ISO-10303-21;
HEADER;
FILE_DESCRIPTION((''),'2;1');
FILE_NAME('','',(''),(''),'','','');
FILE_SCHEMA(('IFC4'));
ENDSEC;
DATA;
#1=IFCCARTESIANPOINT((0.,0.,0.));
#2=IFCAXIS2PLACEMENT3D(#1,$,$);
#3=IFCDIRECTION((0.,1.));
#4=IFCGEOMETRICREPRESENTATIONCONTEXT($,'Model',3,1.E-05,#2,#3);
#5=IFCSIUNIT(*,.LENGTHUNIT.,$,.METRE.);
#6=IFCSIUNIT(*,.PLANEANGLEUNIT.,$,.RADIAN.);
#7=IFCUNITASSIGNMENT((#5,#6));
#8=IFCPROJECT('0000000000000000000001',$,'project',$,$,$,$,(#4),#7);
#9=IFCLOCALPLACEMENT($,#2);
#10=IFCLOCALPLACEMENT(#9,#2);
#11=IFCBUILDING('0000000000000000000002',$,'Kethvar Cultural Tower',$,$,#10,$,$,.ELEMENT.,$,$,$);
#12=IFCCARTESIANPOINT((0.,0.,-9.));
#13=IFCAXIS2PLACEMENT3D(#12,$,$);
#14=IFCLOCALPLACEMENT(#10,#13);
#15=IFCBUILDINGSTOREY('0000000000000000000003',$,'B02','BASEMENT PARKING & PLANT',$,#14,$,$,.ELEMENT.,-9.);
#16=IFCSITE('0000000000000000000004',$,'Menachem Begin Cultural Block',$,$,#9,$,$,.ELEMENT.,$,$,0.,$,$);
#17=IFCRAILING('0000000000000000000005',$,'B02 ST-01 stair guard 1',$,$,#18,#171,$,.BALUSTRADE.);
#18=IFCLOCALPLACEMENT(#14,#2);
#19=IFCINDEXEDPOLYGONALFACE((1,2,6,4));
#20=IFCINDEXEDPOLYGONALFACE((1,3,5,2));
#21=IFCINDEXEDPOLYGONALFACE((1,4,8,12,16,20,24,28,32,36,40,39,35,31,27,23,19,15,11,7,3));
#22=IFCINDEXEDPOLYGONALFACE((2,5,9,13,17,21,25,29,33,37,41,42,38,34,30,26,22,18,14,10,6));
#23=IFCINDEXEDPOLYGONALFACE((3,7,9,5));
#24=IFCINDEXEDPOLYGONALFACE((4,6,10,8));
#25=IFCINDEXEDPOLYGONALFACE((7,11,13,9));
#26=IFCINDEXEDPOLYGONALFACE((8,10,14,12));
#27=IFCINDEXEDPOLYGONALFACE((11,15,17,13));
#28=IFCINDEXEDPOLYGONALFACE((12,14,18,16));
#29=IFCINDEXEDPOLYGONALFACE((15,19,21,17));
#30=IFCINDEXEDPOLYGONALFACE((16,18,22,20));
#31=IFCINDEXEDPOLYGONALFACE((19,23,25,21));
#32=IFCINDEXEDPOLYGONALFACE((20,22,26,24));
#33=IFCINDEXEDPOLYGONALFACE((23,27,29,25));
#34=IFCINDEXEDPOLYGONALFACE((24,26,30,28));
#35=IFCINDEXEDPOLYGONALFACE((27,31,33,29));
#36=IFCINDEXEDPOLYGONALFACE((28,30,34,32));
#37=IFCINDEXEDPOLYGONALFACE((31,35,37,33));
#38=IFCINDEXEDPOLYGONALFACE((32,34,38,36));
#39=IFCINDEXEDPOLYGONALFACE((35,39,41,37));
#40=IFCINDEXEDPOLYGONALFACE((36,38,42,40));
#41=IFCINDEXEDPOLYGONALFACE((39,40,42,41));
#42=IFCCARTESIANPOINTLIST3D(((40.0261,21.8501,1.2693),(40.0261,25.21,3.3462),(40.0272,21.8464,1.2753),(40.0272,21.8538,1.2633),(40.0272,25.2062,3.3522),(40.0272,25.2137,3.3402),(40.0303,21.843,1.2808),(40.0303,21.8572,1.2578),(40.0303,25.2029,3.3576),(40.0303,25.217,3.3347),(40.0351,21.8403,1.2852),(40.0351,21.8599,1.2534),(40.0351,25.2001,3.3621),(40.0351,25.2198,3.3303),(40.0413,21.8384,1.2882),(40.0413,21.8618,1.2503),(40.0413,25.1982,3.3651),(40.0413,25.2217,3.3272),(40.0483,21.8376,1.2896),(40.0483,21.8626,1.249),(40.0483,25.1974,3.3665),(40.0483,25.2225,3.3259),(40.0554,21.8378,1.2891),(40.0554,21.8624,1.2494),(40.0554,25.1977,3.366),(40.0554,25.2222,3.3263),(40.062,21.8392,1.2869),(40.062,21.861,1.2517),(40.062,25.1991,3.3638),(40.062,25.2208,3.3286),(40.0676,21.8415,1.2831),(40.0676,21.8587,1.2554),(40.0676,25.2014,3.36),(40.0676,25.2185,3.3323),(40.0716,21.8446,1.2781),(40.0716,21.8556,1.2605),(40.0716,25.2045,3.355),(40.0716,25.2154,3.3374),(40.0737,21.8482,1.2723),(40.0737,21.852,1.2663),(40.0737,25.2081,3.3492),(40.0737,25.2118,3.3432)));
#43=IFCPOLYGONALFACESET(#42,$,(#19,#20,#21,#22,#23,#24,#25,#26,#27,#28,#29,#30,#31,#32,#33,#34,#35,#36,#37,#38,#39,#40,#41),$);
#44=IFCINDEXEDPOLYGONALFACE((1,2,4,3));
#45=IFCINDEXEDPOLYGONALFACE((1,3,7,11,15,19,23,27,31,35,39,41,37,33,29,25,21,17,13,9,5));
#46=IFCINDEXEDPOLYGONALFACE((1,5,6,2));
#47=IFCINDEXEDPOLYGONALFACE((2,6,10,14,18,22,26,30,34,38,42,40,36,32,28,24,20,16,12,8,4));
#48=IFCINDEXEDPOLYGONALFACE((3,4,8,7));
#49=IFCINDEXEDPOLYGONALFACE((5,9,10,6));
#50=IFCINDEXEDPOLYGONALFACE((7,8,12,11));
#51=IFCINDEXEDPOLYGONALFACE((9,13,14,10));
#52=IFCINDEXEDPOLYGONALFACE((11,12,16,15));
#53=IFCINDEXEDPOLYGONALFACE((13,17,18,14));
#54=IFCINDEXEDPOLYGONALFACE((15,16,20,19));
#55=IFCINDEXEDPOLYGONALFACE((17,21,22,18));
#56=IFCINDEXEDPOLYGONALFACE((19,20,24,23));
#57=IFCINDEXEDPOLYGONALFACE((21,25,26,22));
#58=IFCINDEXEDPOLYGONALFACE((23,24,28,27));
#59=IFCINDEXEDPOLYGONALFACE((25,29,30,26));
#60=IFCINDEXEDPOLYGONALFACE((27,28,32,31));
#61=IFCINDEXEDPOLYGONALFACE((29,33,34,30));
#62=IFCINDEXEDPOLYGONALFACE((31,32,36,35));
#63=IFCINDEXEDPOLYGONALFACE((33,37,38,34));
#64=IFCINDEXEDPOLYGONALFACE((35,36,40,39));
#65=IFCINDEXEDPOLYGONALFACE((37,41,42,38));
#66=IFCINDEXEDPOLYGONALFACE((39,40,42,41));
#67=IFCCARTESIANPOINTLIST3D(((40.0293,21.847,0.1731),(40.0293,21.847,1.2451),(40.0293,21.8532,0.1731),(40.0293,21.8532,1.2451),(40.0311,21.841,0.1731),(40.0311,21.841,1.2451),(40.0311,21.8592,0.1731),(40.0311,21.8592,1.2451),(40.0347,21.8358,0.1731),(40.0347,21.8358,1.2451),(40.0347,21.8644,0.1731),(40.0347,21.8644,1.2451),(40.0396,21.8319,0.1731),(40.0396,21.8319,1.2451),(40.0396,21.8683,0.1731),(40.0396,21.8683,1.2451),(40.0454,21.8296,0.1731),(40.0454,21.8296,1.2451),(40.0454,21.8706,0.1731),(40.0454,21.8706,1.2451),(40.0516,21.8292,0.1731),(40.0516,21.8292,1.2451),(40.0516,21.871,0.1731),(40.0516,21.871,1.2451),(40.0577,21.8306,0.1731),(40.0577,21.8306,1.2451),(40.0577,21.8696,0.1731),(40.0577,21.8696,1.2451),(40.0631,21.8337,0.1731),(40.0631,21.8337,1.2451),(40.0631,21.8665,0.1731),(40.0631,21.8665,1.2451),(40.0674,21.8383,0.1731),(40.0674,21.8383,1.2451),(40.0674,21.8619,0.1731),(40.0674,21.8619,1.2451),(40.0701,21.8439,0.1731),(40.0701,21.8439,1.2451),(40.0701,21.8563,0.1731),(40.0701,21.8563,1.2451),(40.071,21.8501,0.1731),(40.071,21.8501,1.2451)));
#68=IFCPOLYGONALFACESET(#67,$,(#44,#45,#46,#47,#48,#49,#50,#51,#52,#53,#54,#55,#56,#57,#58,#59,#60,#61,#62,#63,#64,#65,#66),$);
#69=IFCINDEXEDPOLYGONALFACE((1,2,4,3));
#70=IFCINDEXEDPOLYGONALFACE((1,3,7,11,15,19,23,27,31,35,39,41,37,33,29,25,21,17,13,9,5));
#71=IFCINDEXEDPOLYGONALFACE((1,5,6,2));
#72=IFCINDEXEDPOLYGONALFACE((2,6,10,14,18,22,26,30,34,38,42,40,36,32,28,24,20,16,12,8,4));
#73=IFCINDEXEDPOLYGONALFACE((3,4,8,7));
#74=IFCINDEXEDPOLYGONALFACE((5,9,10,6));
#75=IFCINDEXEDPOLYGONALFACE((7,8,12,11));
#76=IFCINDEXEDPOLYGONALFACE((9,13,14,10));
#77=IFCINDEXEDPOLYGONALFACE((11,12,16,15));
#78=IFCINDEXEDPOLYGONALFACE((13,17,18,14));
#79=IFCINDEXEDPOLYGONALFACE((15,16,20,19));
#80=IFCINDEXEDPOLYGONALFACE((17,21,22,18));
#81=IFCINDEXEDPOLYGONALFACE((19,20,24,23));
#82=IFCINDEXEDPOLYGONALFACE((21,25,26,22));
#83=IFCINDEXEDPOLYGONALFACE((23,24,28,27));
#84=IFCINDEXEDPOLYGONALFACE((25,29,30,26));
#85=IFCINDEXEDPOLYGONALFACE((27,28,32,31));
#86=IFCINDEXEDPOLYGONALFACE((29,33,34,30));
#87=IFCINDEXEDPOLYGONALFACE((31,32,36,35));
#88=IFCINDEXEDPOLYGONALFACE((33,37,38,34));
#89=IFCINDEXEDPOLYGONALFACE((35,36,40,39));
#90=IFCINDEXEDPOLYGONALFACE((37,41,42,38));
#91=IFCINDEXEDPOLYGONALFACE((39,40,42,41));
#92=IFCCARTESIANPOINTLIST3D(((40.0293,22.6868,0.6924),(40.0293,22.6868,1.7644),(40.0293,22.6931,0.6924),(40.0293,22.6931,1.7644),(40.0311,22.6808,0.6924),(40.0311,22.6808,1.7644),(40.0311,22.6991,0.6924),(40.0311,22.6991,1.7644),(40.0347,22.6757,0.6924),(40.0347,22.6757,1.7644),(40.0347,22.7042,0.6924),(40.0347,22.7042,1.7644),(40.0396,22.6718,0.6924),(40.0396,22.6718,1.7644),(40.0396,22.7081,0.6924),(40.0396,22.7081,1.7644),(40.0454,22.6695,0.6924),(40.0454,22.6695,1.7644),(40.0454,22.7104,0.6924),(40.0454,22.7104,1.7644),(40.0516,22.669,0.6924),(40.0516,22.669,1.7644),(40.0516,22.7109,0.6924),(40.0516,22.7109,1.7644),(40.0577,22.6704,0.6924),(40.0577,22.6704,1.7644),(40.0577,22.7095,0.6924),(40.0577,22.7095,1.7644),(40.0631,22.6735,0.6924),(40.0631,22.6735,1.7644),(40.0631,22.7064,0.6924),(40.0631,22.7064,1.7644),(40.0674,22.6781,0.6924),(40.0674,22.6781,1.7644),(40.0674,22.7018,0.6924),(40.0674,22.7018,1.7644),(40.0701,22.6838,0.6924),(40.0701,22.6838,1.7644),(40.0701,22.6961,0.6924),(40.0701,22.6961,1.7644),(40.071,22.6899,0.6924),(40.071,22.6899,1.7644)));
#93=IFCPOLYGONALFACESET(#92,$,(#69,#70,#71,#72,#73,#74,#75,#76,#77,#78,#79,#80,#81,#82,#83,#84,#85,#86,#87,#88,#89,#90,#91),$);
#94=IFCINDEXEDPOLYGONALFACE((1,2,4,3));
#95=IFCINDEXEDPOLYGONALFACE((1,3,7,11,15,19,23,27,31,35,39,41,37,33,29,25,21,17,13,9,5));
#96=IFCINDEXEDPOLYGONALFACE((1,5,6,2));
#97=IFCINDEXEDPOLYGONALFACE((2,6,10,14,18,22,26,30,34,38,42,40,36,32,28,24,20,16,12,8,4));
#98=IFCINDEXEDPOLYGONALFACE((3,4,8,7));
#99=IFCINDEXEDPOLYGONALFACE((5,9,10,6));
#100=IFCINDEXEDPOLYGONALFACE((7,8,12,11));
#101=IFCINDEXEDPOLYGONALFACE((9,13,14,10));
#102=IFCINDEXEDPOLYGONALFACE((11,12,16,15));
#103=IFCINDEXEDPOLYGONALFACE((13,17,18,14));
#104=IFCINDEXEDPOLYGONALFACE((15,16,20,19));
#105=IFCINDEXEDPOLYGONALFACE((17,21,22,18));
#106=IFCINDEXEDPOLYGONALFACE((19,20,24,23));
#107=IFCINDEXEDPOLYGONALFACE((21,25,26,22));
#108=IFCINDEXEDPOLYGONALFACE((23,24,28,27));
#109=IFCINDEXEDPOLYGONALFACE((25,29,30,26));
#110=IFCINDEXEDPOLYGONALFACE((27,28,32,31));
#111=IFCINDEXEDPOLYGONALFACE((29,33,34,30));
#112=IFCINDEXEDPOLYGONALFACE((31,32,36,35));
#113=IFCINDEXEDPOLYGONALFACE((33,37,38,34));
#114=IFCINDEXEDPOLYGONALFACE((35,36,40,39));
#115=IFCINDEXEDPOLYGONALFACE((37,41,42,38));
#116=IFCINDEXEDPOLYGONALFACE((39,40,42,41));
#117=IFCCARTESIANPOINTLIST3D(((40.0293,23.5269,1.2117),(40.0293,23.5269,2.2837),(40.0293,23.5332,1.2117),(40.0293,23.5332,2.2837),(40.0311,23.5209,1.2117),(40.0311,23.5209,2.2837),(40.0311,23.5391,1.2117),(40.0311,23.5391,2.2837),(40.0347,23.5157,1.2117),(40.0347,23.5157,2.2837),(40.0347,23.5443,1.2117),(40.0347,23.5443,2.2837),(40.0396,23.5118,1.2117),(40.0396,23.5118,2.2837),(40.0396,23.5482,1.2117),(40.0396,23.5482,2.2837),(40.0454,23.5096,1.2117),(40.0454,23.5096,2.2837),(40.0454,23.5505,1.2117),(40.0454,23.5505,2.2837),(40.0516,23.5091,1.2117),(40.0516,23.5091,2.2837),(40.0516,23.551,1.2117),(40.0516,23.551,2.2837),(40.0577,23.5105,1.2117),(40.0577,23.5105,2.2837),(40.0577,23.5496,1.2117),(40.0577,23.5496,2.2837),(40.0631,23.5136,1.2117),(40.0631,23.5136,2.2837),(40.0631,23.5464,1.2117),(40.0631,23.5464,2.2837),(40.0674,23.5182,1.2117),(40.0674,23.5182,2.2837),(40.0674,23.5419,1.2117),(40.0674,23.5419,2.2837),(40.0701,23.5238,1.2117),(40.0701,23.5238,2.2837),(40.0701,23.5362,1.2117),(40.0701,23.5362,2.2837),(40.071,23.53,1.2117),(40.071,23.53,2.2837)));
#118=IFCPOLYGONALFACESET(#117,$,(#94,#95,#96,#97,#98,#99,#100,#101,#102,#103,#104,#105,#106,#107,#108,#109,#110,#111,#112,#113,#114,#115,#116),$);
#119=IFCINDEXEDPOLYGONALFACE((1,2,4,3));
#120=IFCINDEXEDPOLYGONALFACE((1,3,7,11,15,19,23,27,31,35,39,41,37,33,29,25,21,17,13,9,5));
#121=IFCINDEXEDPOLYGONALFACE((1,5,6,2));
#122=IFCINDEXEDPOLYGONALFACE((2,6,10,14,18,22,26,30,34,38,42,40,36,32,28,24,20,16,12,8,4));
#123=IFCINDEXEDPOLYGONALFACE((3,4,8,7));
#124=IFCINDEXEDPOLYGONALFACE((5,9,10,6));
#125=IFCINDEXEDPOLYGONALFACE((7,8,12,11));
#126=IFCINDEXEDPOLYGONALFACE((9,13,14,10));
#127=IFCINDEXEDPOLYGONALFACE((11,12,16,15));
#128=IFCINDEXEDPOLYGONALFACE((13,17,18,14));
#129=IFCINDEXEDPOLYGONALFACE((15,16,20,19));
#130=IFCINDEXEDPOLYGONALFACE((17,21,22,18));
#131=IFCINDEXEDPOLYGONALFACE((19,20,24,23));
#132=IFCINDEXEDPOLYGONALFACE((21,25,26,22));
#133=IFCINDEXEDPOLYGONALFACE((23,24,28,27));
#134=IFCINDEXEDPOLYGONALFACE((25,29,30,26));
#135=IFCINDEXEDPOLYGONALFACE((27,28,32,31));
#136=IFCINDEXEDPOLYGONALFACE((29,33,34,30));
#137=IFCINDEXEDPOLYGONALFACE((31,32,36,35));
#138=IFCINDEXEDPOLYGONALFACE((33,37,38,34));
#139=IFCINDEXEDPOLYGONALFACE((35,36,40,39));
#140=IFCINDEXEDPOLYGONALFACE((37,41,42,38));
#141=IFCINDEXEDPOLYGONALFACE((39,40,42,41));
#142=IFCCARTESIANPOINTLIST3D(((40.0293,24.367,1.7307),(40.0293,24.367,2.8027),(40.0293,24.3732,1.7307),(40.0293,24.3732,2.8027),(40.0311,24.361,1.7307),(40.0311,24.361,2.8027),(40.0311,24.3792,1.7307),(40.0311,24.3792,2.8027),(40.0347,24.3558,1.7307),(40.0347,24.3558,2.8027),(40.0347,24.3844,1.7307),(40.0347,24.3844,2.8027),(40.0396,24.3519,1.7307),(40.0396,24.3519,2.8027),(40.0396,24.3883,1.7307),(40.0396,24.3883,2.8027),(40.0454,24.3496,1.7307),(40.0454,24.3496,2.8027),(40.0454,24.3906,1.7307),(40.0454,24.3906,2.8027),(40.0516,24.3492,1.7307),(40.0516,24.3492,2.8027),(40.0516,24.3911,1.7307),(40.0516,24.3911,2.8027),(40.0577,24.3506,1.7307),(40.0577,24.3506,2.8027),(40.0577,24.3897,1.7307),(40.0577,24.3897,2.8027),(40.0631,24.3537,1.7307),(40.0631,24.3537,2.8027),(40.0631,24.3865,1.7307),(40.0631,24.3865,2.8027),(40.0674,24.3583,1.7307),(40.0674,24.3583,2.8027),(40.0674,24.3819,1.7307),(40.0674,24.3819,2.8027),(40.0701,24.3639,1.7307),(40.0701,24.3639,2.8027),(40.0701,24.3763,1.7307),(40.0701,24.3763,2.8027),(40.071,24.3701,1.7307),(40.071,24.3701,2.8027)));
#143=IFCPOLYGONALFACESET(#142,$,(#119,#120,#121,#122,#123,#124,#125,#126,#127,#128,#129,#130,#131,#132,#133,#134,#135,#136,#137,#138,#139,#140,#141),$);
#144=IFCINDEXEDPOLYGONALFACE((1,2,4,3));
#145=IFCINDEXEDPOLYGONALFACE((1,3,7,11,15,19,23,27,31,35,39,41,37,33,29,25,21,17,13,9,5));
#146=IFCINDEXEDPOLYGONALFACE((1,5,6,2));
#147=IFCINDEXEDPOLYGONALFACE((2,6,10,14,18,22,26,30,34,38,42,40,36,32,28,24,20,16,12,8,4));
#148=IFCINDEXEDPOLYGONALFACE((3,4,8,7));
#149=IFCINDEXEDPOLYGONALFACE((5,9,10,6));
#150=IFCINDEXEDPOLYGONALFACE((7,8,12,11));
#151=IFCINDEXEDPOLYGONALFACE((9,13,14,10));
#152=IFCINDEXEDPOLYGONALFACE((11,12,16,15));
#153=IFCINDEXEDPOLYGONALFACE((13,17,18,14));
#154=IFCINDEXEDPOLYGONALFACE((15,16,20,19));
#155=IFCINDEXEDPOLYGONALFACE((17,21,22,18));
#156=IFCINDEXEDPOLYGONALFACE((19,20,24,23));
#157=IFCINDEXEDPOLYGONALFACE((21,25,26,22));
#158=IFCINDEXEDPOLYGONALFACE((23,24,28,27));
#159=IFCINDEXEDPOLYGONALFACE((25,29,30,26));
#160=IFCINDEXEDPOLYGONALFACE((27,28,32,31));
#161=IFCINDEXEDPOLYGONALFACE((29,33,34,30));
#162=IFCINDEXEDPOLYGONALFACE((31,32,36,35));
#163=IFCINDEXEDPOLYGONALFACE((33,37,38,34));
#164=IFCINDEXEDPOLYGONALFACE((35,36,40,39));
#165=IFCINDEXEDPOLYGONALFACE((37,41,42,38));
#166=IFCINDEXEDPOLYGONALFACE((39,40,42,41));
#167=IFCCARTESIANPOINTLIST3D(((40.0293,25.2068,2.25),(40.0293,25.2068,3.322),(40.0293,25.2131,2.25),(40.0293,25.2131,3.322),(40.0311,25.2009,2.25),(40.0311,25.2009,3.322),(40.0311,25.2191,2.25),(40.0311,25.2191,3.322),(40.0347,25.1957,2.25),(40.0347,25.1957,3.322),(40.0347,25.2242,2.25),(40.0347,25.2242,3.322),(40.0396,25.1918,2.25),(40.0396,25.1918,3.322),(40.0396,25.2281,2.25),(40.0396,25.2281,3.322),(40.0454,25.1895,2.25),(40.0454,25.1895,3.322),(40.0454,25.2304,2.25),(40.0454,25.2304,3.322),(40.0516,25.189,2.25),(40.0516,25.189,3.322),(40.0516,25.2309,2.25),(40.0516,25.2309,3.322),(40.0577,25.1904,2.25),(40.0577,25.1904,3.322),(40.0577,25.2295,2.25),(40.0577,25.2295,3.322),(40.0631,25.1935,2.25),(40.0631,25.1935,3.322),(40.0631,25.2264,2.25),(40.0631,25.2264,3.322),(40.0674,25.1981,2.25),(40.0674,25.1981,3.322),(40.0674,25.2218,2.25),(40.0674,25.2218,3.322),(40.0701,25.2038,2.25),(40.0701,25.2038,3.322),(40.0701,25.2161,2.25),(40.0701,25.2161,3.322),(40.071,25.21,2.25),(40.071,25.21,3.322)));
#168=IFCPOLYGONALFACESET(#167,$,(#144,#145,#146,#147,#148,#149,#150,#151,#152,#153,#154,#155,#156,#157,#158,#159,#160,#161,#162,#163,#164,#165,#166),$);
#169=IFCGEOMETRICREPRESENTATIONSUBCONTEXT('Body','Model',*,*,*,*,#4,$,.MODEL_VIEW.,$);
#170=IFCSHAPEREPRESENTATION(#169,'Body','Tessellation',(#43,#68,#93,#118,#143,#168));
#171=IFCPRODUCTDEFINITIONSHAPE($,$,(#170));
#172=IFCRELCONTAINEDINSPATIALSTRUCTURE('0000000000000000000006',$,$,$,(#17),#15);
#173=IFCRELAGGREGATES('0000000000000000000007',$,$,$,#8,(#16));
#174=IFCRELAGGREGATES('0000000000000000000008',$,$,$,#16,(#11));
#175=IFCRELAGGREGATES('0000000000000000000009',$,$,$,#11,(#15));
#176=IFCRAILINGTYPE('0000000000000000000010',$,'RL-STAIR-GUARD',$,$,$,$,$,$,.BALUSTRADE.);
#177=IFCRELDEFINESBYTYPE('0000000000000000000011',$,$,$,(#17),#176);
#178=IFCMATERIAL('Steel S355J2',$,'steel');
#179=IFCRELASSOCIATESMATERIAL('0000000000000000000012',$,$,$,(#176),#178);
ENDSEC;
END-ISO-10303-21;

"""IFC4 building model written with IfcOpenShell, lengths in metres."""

from ifc_helpers import new_model, si_unit, direction, frame, origin, origin_2d, place, context, subcontext, project, spatial, circle, extrude, material, type_object, element, save


model = new_model("IFC4")

# Units and contexts
model_context = context("Model", 3, precision=1e-05, world=origin(), true_north=direction((0.0, 1.0)))
body_context = subcontext(model_context, "Body", "Model", "MODEL_VIEW")
ifc_project = project(units=[si_unit("LENGTHUNIT", "METRE"), si_unit("PLANEANGLEUNIT", "RADIAN")], contexts=[model_context])

# Site, building, storey
site_placement = place(None, origin())
site = spatial("IfcSite", under=ifc_project, at=site_placement, Name="Menachem Begin Cultural Block", CompositionType="ELEMENT", RefElevation=0.0)
building_placement = place(site_placement, origin())
building = spatial("IfcBuilding", under=site, at=building_placement, Name="Kethvar Cultural Tower", CompositionType="ELEMENT")
storey_placement = place(building_placement, frame((0.0, 0.0, -9.0)))
storey = spatial("IfcBuildingStorey", under=building, at=storey_placement, Name="B02", Description="BASEMENT PARKING & PLANT", CompositionType="ELEMENT", Elevation=-9.0)

# Shared definitions
ifc_material_1 = material(Name="Steel S355J2", Category="steel")

# Railing
railing_type_1 = type_object("IfcRailingType", Name="RL-STAIR-GUARD", PredefinedType="BALUSTRADE", material=ifc_material_1)
railing_1_placement = place(storey_placement, frame((40.05, 21.8501, 0.1731)))
element("IfcRailing", 1, at=railing_1_placement, inside=storey, type_object=railing_type_1, Name="B02 ST-01 stair guard 1", PredefinedType="BALUSTRADE", context=body_context, shape_type="SweptSolid", body=[
    extrude(circle(Radius=0.0239, at=origin_2d()), frame((0.0, 0.0, 1.0962), z_axis=(0.0, 0.850606, 0.525803), x_axis=(-1.0, 0.0, 0.0)), (0.0, 0.0, 1.0), 3.95),
    extrude(circle(Radius=0.021, at=origin_2d()), origin(), (0.0, 0.0, 1.0), 1.072),
    extrude(circle(Radius=0.021, at=origin_2d()), frame((0.0, 0.8398, 0.5193)), (0.0, 0.0, 1.0), 1.072),
    extrude(circle(Radius=0.021, at=origin_2d()), frame((0.0, 1.6799, 1.0386)), (0.0, 0.0, 1.0), 1.072),
    extrude(circle(Radius=0.021, at=origin_2d()), frame((0.0, 2.52, 1.5576)), (0.0, 0.0, 1.0), 1.072),
    extrude(circle(Radius=0.021, at=origin_2d()), frame((0.0, 3.3599, 2.0769)), (0.0, 0.0, 1.0), 1.072),
])

save(model, "model.ifc")
